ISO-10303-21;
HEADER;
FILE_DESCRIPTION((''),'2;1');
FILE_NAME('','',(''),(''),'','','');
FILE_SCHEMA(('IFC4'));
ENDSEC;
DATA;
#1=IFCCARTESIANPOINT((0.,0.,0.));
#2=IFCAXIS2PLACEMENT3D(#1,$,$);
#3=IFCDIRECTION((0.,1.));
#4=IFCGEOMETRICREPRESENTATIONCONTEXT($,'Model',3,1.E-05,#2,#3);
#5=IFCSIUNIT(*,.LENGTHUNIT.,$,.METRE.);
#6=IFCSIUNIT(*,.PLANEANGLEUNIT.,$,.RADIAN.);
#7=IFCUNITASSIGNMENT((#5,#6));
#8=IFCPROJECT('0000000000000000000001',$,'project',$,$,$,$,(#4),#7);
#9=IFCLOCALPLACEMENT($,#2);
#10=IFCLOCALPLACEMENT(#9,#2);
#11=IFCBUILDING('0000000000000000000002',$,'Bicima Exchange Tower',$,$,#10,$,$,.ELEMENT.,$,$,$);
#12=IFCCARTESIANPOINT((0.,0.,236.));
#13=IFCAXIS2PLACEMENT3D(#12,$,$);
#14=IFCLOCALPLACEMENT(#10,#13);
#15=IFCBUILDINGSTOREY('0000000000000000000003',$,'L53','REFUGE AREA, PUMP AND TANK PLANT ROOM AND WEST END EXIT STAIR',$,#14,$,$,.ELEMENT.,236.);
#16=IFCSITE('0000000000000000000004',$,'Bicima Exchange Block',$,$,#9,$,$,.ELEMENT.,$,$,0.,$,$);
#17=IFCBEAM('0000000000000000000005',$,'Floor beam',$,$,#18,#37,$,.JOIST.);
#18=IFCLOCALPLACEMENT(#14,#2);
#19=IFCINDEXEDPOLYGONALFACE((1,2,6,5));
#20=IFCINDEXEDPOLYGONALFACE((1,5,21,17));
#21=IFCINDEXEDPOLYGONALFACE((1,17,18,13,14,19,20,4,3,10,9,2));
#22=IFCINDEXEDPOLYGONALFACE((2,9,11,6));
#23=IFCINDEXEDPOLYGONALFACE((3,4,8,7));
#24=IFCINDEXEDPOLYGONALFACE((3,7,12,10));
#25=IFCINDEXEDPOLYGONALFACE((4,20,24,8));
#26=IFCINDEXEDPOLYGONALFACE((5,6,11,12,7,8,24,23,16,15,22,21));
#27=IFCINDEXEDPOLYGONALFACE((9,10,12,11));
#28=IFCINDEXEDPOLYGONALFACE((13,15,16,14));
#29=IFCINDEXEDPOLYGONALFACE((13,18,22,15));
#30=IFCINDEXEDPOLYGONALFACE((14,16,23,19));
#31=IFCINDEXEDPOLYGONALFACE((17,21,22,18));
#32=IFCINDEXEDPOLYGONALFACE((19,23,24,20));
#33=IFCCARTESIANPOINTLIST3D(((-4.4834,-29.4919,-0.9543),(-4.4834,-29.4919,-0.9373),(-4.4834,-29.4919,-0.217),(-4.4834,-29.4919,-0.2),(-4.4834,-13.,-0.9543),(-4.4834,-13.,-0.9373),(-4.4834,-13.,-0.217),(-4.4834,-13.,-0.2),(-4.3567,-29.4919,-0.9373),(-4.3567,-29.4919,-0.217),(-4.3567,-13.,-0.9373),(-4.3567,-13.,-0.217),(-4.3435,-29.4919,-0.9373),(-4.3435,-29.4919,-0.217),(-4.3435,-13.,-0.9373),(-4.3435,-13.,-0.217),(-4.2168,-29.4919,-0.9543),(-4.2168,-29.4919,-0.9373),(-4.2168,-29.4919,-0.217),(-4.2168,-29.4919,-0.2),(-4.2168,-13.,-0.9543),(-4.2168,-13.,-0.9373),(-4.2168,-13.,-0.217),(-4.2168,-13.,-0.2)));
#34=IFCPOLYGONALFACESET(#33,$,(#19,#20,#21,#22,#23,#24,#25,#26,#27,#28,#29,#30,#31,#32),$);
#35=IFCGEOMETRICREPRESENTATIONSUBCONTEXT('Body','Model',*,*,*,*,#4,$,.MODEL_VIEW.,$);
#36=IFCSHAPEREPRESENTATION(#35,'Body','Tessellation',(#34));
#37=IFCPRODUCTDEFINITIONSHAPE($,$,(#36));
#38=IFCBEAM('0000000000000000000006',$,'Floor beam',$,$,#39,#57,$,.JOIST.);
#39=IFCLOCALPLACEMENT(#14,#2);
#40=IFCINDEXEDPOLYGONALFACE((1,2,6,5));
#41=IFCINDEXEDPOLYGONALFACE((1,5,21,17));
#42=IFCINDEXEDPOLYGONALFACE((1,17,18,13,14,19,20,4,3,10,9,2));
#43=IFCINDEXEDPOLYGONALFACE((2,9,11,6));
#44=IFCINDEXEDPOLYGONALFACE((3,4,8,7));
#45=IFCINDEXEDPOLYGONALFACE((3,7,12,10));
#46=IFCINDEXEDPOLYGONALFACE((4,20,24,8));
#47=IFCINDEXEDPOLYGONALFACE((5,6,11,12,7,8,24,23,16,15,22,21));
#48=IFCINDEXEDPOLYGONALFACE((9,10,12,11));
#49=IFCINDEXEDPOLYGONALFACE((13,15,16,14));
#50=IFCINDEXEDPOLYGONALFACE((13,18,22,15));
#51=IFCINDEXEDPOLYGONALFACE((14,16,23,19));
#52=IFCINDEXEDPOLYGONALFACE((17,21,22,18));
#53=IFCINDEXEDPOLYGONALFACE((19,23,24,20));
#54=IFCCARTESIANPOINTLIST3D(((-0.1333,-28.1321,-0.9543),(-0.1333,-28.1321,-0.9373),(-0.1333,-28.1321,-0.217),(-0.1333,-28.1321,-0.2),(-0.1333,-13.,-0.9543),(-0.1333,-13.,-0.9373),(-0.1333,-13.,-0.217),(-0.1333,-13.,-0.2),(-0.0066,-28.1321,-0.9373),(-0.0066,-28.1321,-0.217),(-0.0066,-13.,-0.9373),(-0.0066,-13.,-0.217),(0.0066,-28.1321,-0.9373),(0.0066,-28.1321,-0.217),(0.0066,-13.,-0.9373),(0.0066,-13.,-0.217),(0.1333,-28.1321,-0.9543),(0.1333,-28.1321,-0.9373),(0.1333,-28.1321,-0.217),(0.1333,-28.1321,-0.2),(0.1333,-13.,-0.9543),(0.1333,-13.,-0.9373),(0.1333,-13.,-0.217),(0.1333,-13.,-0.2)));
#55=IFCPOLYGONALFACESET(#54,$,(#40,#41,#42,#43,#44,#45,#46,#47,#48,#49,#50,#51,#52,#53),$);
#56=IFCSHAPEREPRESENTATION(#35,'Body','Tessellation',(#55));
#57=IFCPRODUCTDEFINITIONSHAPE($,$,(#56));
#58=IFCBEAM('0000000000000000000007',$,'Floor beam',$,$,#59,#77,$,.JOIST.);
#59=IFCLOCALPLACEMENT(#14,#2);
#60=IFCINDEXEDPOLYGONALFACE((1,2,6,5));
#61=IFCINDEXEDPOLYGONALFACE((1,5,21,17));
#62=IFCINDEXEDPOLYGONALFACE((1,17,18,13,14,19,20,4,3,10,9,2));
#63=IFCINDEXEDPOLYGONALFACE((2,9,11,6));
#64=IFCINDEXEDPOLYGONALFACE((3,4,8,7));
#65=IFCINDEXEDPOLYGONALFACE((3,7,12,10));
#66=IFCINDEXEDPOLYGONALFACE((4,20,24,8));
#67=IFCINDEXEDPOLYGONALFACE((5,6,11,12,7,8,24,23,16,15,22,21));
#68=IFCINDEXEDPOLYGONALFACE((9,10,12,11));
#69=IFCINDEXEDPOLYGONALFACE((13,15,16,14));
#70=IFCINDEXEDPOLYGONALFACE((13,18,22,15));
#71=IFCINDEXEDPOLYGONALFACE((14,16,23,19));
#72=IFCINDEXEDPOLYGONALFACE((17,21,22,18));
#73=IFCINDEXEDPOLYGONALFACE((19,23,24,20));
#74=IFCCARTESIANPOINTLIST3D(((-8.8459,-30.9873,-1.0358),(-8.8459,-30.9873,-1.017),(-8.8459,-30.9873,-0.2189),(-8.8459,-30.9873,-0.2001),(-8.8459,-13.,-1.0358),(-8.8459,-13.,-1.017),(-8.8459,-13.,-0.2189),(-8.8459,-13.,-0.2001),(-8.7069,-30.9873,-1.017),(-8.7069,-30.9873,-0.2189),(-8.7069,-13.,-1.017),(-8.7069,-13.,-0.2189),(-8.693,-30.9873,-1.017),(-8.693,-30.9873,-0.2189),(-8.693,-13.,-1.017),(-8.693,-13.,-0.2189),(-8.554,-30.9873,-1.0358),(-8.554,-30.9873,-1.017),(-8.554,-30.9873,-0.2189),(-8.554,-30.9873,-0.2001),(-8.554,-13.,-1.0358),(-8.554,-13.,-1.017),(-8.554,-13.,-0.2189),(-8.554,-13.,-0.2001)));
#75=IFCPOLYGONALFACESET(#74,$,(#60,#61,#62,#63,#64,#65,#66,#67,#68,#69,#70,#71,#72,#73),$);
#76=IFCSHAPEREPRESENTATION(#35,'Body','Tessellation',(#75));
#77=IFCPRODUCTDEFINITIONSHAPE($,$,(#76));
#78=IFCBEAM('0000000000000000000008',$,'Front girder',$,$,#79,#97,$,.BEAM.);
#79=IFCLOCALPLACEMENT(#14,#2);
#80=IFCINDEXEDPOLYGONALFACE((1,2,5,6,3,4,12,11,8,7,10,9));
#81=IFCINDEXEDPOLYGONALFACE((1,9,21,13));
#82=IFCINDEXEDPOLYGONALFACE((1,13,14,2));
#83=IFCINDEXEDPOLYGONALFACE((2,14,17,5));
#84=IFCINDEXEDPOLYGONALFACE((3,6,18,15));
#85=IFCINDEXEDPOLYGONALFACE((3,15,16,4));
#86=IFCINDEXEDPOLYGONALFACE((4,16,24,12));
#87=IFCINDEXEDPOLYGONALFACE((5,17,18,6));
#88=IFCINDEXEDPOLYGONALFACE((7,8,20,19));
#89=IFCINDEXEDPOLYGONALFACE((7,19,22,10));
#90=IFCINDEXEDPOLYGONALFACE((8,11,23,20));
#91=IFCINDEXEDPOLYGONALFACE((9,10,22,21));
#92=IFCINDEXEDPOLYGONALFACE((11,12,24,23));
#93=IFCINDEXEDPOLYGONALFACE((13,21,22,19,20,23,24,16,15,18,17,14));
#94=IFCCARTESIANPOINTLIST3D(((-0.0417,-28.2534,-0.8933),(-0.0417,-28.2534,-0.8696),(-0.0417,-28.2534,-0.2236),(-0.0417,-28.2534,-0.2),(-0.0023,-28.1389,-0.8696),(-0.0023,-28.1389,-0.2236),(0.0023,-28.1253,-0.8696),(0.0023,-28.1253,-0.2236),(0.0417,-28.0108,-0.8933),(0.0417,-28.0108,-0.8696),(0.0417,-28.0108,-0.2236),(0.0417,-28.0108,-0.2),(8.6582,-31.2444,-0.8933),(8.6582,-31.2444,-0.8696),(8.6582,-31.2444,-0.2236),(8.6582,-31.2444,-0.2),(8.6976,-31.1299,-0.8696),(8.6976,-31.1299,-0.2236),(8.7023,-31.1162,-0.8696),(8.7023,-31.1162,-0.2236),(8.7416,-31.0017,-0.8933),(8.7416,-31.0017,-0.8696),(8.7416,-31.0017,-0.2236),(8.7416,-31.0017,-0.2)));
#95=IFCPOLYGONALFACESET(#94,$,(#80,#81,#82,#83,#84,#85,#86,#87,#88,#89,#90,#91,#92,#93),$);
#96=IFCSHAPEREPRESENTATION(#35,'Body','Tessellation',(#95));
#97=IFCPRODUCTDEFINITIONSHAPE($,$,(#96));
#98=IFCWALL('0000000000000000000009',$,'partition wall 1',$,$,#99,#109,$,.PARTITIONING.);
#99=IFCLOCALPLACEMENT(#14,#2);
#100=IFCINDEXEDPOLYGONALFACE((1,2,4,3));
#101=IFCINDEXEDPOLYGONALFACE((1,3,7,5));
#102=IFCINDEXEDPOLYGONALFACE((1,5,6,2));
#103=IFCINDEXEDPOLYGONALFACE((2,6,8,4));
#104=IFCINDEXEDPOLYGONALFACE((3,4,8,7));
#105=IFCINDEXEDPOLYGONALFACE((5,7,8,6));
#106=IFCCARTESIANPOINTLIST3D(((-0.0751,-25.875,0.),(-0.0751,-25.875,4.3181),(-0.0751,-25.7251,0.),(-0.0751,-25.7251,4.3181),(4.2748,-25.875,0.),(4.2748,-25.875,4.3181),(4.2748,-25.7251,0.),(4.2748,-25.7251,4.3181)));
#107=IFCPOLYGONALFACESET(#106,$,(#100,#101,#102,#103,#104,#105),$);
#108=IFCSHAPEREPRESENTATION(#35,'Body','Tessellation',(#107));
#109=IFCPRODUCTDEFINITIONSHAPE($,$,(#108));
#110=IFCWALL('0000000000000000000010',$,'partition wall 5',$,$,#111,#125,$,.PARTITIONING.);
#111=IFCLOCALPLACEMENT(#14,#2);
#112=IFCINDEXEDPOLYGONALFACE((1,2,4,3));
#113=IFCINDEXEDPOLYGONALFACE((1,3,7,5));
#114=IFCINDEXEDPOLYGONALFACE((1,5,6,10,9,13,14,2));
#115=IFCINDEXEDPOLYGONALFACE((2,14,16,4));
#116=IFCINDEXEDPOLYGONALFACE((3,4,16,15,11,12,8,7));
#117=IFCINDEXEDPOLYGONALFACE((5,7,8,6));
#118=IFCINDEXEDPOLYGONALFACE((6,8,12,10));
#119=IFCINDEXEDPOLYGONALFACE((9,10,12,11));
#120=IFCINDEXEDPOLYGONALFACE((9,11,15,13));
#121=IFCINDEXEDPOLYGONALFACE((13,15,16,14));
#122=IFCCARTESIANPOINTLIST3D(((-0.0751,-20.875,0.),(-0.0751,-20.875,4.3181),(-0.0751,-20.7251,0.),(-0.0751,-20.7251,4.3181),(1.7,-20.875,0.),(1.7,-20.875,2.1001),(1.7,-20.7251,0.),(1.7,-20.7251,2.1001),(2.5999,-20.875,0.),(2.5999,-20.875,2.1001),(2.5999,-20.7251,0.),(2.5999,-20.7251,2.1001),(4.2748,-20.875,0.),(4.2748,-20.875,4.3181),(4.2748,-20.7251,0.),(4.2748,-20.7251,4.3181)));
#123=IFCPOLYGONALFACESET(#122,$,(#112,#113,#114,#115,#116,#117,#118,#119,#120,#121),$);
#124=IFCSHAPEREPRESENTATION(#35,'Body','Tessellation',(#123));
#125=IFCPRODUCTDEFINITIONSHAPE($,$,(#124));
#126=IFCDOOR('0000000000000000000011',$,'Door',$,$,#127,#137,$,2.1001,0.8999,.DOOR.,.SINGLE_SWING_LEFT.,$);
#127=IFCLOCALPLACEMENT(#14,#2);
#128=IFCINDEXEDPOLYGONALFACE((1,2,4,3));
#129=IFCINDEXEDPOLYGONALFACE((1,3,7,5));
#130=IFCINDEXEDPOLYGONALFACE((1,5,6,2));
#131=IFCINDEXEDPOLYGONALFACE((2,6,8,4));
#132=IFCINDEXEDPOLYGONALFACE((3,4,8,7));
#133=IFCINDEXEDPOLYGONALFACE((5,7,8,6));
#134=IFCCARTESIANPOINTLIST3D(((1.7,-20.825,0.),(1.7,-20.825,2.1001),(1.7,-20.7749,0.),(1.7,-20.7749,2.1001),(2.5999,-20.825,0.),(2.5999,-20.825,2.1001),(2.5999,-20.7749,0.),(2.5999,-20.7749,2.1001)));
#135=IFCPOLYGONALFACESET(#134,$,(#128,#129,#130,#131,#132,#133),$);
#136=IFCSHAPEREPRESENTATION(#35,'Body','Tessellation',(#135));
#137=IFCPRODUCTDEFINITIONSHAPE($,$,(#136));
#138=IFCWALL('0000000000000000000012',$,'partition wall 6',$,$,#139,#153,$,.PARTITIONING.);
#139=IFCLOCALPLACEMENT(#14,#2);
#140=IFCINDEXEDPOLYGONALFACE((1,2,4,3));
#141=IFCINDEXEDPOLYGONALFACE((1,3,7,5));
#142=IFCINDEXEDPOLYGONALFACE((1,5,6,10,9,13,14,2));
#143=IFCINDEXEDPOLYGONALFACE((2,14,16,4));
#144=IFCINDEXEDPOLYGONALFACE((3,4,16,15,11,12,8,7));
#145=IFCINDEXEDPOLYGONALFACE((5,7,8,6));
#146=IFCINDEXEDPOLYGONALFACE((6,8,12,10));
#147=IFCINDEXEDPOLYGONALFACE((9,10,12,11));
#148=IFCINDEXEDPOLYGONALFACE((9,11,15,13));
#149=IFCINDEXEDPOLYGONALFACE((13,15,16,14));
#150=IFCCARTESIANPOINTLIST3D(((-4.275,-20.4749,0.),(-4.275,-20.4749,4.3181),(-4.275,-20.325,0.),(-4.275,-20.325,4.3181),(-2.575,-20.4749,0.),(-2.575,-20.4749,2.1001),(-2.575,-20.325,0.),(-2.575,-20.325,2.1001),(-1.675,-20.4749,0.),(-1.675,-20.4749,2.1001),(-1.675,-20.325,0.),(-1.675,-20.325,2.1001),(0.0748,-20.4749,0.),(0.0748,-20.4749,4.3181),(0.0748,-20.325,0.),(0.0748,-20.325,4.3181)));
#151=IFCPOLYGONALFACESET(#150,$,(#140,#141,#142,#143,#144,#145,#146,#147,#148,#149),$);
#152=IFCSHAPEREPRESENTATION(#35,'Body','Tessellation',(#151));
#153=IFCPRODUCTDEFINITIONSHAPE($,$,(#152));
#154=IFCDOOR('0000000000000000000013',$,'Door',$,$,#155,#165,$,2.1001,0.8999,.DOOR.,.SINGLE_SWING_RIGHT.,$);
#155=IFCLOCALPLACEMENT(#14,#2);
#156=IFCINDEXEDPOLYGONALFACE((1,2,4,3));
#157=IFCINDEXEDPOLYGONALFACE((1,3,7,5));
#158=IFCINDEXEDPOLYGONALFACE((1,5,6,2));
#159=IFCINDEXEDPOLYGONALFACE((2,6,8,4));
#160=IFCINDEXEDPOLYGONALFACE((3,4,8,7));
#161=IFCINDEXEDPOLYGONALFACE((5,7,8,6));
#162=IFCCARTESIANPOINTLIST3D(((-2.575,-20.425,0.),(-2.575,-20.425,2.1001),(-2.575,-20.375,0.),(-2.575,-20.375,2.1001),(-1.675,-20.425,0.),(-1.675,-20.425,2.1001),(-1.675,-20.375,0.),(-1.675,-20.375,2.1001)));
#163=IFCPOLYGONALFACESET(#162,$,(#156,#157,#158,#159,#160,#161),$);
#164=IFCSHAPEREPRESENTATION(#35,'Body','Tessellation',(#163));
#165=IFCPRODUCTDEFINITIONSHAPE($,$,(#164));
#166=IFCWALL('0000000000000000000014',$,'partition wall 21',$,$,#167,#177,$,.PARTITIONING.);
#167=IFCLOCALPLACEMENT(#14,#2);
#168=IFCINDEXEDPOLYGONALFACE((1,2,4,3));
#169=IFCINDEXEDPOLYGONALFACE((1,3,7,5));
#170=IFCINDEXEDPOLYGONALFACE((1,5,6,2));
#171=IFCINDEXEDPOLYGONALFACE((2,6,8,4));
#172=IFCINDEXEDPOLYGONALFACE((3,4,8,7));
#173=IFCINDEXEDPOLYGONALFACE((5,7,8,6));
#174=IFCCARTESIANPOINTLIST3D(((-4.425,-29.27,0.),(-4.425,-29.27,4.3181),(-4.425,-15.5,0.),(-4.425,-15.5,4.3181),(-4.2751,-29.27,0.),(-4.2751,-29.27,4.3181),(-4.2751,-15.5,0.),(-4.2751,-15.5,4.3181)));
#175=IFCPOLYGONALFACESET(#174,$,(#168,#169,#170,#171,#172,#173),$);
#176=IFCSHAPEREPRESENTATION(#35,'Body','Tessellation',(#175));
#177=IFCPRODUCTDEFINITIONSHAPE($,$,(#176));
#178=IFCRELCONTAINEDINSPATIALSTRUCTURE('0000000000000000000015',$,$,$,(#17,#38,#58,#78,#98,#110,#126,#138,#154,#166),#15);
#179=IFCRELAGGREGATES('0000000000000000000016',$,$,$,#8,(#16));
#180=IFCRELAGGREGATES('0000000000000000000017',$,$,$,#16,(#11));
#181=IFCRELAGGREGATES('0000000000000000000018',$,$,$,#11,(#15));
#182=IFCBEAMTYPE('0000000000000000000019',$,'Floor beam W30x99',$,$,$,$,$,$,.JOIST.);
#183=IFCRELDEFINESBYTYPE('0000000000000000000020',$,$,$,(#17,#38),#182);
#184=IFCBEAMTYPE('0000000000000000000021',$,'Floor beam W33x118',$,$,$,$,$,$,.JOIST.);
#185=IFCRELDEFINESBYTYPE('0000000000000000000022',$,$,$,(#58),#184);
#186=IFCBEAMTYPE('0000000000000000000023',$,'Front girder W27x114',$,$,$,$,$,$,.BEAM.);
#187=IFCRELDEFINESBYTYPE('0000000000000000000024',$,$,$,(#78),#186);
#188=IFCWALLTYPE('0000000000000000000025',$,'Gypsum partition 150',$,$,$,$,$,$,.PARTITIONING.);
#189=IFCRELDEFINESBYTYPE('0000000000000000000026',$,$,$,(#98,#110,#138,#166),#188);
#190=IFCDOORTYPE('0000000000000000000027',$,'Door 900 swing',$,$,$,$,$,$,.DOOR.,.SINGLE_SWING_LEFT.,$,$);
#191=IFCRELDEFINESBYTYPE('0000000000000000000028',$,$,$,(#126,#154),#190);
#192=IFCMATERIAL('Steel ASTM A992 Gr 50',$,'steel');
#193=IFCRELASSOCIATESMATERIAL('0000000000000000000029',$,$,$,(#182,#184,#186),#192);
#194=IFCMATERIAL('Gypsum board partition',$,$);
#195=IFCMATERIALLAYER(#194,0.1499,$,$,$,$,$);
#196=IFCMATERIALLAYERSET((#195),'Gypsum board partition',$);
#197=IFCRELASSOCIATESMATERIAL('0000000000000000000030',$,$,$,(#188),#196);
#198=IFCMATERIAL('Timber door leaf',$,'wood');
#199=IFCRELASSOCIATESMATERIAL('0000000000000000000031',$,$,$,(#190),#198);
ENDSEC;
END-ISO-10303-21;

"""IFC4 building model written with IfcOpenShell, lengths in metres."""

from ifc_helpers import new_model, si_unit, direction, frame, frame_2d, origin, origin_2d, place, context, subcontext, project, spatial, rectangle, i_section, extrude, material, layer, layer_set, material_profile, profile_set, type_object, element, fill, save


model = new_model("IFC4")

# Units and contexts
model_context = context("Model", 3, precision=1e-05, world=origin(), true_north=direction((0.0, 1.0)))
body_context = subcontext(model_context, "Body", "Model", "MODEL_VIEW")
ifc_project = project(units=[si_unit("LENGTHUNIT", "METRE"), si_unit("PLANEANGLEUNIT", "RADIAN")], contexts=[model_context])

# Site, building, storey
site_placement = place(None, origin())
site = spatial("IfcSite", under=ifc_project, at=site_placement, Name="Bicima Exchange Block", CompositionType="ELEMENT", RefElevation=0.0)
building_placement = place(site_placement, origin())
building = spatial("IfcBuilding", under=site, at=building_placement, Name="Bicima Exchange Tower", CompositionType="ELEMENT")
storey_placement = place(building_placement, frame((0.0, 0.0, 236.0)))
storey = spatial("IfcBuildingStorey", under=building, at=storey_placement, Name="L53", Description="REFUGE AREA, PUMP AND TANK PLANT ROOM AND WEST END EXIT STAIR", CompositionType="ELEMENT", Elevation=236.0)

# Shared definitions
ifc_material_1 = material(Name="Steel ASTM A992 Gr 50", Category="steel")

# Beams
ifc_material_profile_1 = material_profile(ifc_material_1, i_section(OverallWidth=0.2666, OverallDepth=0.7544, WebThickness=0.0132, FlangeThickness=0.0171, at=origin_2d()))
ifc_profile_set_1 = profile_set([ifc_material_profile_1], Name="Steel ASTM A992 Gr 50")
beam_type_1 = type_object("IfcBeamType", Name="Floor beam W30x99", PredefinedType="JOIST", material=ifc_profile_set_1)
beam_1_placement = place(storey_placement, frame((-4.3501, -13.0, -0.5771), z_axis=(0.0, -1.0, 0.0), x_axis=(1.0, 0.0, 0.0)))
element("IfcBeam", 1, at=beam_1_placement, inside=storey, type_object=beam_type_1, Name="Floor beam", PredefinedType="JOIST", context=body_context, shape_type="SweptSolid", body=[
    extrude(i_section(OverallWidth=0.2666, OverallDepth=0.7544, WebThickness=0.0132, FlangeThickness=0.0171, at=origin_2d()), origin(), (0.0, 0.0, 1.0), 16.4919),
])
beam_2_placement = place(storey_placement, frame((0.0, -13.0, -0.5771), z_axis=(0.0, -1.0, 0.0), x_axis=(1.0, 0.0, 0.0)))
element("IfcBeam", 2, at=beam_2_placement, inside=storey, type_object=beam_type_1, Name="Floor beam", PredefinedType="JOIST", context=body_context, shape_type="SweptSolid", body=[
    extrude(i_section(OverallWidth=0.2666, OverallDepth=0.7544, WebThickness=0.0132, FlangeThickness=0.0171, at=origin_2d()), origin(), (0.0, 0.0, 1.0), 15.1321),
])
ifc_material_profile_2 = material_profile(ifc_material_1, i_section(OverallWidth=0.292, OverallDepth=0.8357, WebThickness=0.0139, FlangeThickness=0.0188, at=origin_2d()))
ifc_profile_set_2 = profile_set([ifc_material_profile_2], Name="Steel ASTM A992 Gr 50")
beam_type_2 = type_object("IfcBeamType", Name="Floor beam W33x118", PredefinedType="JOIST", material=ifc_profile_set_2)
beam_3_placement = place(storey_placement, frame((-8.7, -13.0, -0.6179), z_axis=(0.0, -1.0, 0.0), x_axis=(1.0, 0.0, 0.0)))
element("IfcBeam", 3, at=beam_3_placement, inside=storey, type_object=beam_type_2, Name="Floor beam", PredefinedType="JOIST", context=body_context, shape_type="SweptSolid", body=[
    extrude(i_section(OverallWidth=0.292, OverallDepth=0.8357, WebThickness=0.0139, FlangeThickness=0.0188, at=origin_2d()), origin(), (0.0, 0.0, 1.0), 17.9873),
])
ifc_material_profile_3 = material_profile(ifc_material_1, i_section(OverallWidth=0.2566, OverallDepth=0.6934, WebThickness=0.0144, FlangeThickness=0.0237, at=origin_2d()))
ifc_profile_set_3 = profile_set([ifc_material_profile_3], Name="Steel ASTM A992 Gr 50")
beam_type_3 = type_object("IfcBeamType", Name="Front girder W27x114", PredefinedType="BEAM", material=ifc_profile_set_3)
beam_4_placement = place(storey_placement, frame((0.0, -28.1321, -0.5466), z_axis=(0.945675, -0.325115, 0.0), x_axis=(0.325115, 0.945675, 0.0)))
element("IfcBeam", 4, at=beam_4_placement, inside=storey, type_object=beam_type_3, Name="Front girder", PredefinedType="BEAM", context=body_context, shape_type="SweptSolid", body=[
    extrude(i_section(OverallWidth=0.2566, OverallDepth=0.6934, WebThickness=0.0144, FlangeThickness=0.0237, at=origin_2d()), origin(), (0.0, 0.0, 1.0), 9.1997),
])

# Wall
ifc_material_2 = material(Name="Gypsum board partition")
ifc_layer_1 = layer(ifc_material_2, 0.1499)
ifc_layer_set_1 = layer_set([ifc_layer_1], Name="Gypsum board partition")
wall_type_1 = type_object("IfcWallType", Name="Gypsum partition 150", PredefinedType="PARTITIONING", material=ifc_layer_set_1)
wall_1_placement = place(storey_placement, frame((-0.075, -25.8, 0.0), z_axis=(0.0, 0.0, 1.0), x_axis=(1.0, 0.0, 0.0)))
element("IfcWall", 5, at=wall_1_placement, inside=storey, type_object=wall_type_1, Name="partition wall 1", PredefinedType="PARTITIONING", context=body_context, shape_type="SweptSolid", body=[
    extrude(rectangle(XDim=4.3499, YDim=0.1499, at=frame_2d((2.1748, 0.0))), origin(), (0.0, 0.0, 1.0), 4.3181),
])

# Walls, openings, doors
wall_2_placement = place(storey_placement, frame((-0.075, -20.8, 0.0), z_axis=(0.0, 0.0, 1.0), x_axis=(1.0, 0.0, 0.0)))
wall_2 = element("IfcWall", 6, at=wall_2_placement, inside=storey, type_object=wall_type_1, Name="partition wall 5", PredefinedType="PARTITIONING", context=body_context, shape_type="SweptSolid", body=[
    extrude(rectangle(XDim=4.3499, YDim=0.1499, at=frame_2d((2.1748, 0.0))), origin(), (0.0, 0.0, 1.0), 4.3181),
])
opening_1_placement = place(wall_2_placement, frame((1.7749, 0.0, 0.0)))
opening_1 = element("IfcOpeningElement", 7, at=opening_1_placement, cuts=wall_2, PredefinedType="OPENING", context=body_context, shape_type="SweptSolid", body=[
    extrude(rectangle(XDim=0.8999, YDim=2.1001, at=frame_2d((0.45, 1.05))), frame((0.0, 0.0869, 0.0), z_axis=(0.0, -1.0, 0.0), x_axis=(1.0, 0.0, 0.0)), (0.0, 0.0, 1.0), 0.1738),
])
ifc_material_3 = material(Name="Timber door leaf", Category="wood")
door_type = type_object("IfcDoorType", Name="Door 900 swing", OperationType="SINGLE_SWING_LEFT", PredefinedType="DOOR", material=ifc_material_3)
door_1_placement = place(opening_1_placement, frame((0.8999, 0.0, 0.0), z_axis=(0.0, 0.0, 1.0), x_axis=(-1.0, 0.0, 0.0)))
door_1 = element("IfcDoor", 8, at=door_1_placement, inside=storey, type_object=door_type, Name="Door", OperationType="SINGLE_SWING_LEFT", OverallHeight=2.1001, OverallWidth=0.8999, PredefinedType="DOOR", context=body_context, shape_type="SweptSolid", body=[
    extrude(rectangle(XDim=0.8999, YDim=2.1001, at=frame_2d((0.45, 1.05))), frame((0.0, 0.0249, 0.0), z_axis=(0.0, -1.0, 0.0), x_axis=(1.0, 0.0, 0.0)), (0.0, 0.0, 1.0), 0.05),
])
fill(opening_1, door_1)
wall_3_placement = place(storey_placement, frame((-4.2749, -20.3999, 0.0), z_axis=(0.0, 0.0, 1.0), x_axis=(1.0, 0.0, 0.0)))
wall_3 = element("IfcWall", 9, at=wall_3_placement, inside=storey, type_object=wall_type_1, Name="partition wall 6", PredefinedType="PARTITIONING", context=body_context, shape_type="SweptSolid", body=[
    extrude(rectangle(XDim=4.3499, YDim=0.1499, at=frame_2d((2.1748, 0.0))), origin(), (0.0, 0.0, 1.0), 4.3181),
])
opening_2_placement = place(wall_3_placement, frame((1.7, 0.0, 0.0)))
opening_2 = element("IfcOpeningElement", 10, at=opening_2_placement, cuts=wall_3, PredefinedType="OPENING", context=body_context, shape_type="SweptSolid", body=[
    extrude(rectangle(XDim=0.8999, YDim=2.1001, at=frame_2d((0.45, 1.05))), frame((0.0, 0.0869, 0.0), z_axis=(0.0, -1.0, 0.0), x_axis=(1.0, 0.0, 0.0)), (0.0, 0.0, 1.0), 0.1738),
])
door_2_placement = place(opening_2_placement, origin())
door_2 = element("IfcDoor", 11, at=door_2_placement, inside=storey, type_object=door_type, Name="Door", OperationType="SINGLE_SWING_RIGHT", OverallHeight=2.1001, OverallWidth=0.8999, PredefinedType="DOOR", context=body_context, shape_type="SweptSolid", body=[
    extrude(rectangle(XDim=0.8999, YDim=2.1001, at=frame_2d((0.45, 1.05))), frame((0.0, 0.0249, 0.0), z_axis=(0.0, -1.0, 0.0), x_axis=(1.0, 0.0, 0.0)), (0.0, 0.0, 1.0), 0.05),
])
fill(opening_2, door_2)

# Wall
wall_4_placement = place(storey_placement, frame((-4.3501, -29.27, 0.0), z_axis=(0.0, 0.0, 1.0), x_axis=(0.0, 1.0, 0.0)))
element("IfcWall", 12, at=wall_4_placement, inside=storey, type_object=wall_type_1, Name="partition wall 21", PredefinedType="PARTITIONING", context=body_context, shape_type="SweptSolid", body=[
    extrude(rectangle(XDim=13.77, YDim=0.1499, at=frame_2d((6.885, 0.0))), origin(), (0.0, 0.0, 1.0), 4.3181),
])

save(model, "model.ifc")
